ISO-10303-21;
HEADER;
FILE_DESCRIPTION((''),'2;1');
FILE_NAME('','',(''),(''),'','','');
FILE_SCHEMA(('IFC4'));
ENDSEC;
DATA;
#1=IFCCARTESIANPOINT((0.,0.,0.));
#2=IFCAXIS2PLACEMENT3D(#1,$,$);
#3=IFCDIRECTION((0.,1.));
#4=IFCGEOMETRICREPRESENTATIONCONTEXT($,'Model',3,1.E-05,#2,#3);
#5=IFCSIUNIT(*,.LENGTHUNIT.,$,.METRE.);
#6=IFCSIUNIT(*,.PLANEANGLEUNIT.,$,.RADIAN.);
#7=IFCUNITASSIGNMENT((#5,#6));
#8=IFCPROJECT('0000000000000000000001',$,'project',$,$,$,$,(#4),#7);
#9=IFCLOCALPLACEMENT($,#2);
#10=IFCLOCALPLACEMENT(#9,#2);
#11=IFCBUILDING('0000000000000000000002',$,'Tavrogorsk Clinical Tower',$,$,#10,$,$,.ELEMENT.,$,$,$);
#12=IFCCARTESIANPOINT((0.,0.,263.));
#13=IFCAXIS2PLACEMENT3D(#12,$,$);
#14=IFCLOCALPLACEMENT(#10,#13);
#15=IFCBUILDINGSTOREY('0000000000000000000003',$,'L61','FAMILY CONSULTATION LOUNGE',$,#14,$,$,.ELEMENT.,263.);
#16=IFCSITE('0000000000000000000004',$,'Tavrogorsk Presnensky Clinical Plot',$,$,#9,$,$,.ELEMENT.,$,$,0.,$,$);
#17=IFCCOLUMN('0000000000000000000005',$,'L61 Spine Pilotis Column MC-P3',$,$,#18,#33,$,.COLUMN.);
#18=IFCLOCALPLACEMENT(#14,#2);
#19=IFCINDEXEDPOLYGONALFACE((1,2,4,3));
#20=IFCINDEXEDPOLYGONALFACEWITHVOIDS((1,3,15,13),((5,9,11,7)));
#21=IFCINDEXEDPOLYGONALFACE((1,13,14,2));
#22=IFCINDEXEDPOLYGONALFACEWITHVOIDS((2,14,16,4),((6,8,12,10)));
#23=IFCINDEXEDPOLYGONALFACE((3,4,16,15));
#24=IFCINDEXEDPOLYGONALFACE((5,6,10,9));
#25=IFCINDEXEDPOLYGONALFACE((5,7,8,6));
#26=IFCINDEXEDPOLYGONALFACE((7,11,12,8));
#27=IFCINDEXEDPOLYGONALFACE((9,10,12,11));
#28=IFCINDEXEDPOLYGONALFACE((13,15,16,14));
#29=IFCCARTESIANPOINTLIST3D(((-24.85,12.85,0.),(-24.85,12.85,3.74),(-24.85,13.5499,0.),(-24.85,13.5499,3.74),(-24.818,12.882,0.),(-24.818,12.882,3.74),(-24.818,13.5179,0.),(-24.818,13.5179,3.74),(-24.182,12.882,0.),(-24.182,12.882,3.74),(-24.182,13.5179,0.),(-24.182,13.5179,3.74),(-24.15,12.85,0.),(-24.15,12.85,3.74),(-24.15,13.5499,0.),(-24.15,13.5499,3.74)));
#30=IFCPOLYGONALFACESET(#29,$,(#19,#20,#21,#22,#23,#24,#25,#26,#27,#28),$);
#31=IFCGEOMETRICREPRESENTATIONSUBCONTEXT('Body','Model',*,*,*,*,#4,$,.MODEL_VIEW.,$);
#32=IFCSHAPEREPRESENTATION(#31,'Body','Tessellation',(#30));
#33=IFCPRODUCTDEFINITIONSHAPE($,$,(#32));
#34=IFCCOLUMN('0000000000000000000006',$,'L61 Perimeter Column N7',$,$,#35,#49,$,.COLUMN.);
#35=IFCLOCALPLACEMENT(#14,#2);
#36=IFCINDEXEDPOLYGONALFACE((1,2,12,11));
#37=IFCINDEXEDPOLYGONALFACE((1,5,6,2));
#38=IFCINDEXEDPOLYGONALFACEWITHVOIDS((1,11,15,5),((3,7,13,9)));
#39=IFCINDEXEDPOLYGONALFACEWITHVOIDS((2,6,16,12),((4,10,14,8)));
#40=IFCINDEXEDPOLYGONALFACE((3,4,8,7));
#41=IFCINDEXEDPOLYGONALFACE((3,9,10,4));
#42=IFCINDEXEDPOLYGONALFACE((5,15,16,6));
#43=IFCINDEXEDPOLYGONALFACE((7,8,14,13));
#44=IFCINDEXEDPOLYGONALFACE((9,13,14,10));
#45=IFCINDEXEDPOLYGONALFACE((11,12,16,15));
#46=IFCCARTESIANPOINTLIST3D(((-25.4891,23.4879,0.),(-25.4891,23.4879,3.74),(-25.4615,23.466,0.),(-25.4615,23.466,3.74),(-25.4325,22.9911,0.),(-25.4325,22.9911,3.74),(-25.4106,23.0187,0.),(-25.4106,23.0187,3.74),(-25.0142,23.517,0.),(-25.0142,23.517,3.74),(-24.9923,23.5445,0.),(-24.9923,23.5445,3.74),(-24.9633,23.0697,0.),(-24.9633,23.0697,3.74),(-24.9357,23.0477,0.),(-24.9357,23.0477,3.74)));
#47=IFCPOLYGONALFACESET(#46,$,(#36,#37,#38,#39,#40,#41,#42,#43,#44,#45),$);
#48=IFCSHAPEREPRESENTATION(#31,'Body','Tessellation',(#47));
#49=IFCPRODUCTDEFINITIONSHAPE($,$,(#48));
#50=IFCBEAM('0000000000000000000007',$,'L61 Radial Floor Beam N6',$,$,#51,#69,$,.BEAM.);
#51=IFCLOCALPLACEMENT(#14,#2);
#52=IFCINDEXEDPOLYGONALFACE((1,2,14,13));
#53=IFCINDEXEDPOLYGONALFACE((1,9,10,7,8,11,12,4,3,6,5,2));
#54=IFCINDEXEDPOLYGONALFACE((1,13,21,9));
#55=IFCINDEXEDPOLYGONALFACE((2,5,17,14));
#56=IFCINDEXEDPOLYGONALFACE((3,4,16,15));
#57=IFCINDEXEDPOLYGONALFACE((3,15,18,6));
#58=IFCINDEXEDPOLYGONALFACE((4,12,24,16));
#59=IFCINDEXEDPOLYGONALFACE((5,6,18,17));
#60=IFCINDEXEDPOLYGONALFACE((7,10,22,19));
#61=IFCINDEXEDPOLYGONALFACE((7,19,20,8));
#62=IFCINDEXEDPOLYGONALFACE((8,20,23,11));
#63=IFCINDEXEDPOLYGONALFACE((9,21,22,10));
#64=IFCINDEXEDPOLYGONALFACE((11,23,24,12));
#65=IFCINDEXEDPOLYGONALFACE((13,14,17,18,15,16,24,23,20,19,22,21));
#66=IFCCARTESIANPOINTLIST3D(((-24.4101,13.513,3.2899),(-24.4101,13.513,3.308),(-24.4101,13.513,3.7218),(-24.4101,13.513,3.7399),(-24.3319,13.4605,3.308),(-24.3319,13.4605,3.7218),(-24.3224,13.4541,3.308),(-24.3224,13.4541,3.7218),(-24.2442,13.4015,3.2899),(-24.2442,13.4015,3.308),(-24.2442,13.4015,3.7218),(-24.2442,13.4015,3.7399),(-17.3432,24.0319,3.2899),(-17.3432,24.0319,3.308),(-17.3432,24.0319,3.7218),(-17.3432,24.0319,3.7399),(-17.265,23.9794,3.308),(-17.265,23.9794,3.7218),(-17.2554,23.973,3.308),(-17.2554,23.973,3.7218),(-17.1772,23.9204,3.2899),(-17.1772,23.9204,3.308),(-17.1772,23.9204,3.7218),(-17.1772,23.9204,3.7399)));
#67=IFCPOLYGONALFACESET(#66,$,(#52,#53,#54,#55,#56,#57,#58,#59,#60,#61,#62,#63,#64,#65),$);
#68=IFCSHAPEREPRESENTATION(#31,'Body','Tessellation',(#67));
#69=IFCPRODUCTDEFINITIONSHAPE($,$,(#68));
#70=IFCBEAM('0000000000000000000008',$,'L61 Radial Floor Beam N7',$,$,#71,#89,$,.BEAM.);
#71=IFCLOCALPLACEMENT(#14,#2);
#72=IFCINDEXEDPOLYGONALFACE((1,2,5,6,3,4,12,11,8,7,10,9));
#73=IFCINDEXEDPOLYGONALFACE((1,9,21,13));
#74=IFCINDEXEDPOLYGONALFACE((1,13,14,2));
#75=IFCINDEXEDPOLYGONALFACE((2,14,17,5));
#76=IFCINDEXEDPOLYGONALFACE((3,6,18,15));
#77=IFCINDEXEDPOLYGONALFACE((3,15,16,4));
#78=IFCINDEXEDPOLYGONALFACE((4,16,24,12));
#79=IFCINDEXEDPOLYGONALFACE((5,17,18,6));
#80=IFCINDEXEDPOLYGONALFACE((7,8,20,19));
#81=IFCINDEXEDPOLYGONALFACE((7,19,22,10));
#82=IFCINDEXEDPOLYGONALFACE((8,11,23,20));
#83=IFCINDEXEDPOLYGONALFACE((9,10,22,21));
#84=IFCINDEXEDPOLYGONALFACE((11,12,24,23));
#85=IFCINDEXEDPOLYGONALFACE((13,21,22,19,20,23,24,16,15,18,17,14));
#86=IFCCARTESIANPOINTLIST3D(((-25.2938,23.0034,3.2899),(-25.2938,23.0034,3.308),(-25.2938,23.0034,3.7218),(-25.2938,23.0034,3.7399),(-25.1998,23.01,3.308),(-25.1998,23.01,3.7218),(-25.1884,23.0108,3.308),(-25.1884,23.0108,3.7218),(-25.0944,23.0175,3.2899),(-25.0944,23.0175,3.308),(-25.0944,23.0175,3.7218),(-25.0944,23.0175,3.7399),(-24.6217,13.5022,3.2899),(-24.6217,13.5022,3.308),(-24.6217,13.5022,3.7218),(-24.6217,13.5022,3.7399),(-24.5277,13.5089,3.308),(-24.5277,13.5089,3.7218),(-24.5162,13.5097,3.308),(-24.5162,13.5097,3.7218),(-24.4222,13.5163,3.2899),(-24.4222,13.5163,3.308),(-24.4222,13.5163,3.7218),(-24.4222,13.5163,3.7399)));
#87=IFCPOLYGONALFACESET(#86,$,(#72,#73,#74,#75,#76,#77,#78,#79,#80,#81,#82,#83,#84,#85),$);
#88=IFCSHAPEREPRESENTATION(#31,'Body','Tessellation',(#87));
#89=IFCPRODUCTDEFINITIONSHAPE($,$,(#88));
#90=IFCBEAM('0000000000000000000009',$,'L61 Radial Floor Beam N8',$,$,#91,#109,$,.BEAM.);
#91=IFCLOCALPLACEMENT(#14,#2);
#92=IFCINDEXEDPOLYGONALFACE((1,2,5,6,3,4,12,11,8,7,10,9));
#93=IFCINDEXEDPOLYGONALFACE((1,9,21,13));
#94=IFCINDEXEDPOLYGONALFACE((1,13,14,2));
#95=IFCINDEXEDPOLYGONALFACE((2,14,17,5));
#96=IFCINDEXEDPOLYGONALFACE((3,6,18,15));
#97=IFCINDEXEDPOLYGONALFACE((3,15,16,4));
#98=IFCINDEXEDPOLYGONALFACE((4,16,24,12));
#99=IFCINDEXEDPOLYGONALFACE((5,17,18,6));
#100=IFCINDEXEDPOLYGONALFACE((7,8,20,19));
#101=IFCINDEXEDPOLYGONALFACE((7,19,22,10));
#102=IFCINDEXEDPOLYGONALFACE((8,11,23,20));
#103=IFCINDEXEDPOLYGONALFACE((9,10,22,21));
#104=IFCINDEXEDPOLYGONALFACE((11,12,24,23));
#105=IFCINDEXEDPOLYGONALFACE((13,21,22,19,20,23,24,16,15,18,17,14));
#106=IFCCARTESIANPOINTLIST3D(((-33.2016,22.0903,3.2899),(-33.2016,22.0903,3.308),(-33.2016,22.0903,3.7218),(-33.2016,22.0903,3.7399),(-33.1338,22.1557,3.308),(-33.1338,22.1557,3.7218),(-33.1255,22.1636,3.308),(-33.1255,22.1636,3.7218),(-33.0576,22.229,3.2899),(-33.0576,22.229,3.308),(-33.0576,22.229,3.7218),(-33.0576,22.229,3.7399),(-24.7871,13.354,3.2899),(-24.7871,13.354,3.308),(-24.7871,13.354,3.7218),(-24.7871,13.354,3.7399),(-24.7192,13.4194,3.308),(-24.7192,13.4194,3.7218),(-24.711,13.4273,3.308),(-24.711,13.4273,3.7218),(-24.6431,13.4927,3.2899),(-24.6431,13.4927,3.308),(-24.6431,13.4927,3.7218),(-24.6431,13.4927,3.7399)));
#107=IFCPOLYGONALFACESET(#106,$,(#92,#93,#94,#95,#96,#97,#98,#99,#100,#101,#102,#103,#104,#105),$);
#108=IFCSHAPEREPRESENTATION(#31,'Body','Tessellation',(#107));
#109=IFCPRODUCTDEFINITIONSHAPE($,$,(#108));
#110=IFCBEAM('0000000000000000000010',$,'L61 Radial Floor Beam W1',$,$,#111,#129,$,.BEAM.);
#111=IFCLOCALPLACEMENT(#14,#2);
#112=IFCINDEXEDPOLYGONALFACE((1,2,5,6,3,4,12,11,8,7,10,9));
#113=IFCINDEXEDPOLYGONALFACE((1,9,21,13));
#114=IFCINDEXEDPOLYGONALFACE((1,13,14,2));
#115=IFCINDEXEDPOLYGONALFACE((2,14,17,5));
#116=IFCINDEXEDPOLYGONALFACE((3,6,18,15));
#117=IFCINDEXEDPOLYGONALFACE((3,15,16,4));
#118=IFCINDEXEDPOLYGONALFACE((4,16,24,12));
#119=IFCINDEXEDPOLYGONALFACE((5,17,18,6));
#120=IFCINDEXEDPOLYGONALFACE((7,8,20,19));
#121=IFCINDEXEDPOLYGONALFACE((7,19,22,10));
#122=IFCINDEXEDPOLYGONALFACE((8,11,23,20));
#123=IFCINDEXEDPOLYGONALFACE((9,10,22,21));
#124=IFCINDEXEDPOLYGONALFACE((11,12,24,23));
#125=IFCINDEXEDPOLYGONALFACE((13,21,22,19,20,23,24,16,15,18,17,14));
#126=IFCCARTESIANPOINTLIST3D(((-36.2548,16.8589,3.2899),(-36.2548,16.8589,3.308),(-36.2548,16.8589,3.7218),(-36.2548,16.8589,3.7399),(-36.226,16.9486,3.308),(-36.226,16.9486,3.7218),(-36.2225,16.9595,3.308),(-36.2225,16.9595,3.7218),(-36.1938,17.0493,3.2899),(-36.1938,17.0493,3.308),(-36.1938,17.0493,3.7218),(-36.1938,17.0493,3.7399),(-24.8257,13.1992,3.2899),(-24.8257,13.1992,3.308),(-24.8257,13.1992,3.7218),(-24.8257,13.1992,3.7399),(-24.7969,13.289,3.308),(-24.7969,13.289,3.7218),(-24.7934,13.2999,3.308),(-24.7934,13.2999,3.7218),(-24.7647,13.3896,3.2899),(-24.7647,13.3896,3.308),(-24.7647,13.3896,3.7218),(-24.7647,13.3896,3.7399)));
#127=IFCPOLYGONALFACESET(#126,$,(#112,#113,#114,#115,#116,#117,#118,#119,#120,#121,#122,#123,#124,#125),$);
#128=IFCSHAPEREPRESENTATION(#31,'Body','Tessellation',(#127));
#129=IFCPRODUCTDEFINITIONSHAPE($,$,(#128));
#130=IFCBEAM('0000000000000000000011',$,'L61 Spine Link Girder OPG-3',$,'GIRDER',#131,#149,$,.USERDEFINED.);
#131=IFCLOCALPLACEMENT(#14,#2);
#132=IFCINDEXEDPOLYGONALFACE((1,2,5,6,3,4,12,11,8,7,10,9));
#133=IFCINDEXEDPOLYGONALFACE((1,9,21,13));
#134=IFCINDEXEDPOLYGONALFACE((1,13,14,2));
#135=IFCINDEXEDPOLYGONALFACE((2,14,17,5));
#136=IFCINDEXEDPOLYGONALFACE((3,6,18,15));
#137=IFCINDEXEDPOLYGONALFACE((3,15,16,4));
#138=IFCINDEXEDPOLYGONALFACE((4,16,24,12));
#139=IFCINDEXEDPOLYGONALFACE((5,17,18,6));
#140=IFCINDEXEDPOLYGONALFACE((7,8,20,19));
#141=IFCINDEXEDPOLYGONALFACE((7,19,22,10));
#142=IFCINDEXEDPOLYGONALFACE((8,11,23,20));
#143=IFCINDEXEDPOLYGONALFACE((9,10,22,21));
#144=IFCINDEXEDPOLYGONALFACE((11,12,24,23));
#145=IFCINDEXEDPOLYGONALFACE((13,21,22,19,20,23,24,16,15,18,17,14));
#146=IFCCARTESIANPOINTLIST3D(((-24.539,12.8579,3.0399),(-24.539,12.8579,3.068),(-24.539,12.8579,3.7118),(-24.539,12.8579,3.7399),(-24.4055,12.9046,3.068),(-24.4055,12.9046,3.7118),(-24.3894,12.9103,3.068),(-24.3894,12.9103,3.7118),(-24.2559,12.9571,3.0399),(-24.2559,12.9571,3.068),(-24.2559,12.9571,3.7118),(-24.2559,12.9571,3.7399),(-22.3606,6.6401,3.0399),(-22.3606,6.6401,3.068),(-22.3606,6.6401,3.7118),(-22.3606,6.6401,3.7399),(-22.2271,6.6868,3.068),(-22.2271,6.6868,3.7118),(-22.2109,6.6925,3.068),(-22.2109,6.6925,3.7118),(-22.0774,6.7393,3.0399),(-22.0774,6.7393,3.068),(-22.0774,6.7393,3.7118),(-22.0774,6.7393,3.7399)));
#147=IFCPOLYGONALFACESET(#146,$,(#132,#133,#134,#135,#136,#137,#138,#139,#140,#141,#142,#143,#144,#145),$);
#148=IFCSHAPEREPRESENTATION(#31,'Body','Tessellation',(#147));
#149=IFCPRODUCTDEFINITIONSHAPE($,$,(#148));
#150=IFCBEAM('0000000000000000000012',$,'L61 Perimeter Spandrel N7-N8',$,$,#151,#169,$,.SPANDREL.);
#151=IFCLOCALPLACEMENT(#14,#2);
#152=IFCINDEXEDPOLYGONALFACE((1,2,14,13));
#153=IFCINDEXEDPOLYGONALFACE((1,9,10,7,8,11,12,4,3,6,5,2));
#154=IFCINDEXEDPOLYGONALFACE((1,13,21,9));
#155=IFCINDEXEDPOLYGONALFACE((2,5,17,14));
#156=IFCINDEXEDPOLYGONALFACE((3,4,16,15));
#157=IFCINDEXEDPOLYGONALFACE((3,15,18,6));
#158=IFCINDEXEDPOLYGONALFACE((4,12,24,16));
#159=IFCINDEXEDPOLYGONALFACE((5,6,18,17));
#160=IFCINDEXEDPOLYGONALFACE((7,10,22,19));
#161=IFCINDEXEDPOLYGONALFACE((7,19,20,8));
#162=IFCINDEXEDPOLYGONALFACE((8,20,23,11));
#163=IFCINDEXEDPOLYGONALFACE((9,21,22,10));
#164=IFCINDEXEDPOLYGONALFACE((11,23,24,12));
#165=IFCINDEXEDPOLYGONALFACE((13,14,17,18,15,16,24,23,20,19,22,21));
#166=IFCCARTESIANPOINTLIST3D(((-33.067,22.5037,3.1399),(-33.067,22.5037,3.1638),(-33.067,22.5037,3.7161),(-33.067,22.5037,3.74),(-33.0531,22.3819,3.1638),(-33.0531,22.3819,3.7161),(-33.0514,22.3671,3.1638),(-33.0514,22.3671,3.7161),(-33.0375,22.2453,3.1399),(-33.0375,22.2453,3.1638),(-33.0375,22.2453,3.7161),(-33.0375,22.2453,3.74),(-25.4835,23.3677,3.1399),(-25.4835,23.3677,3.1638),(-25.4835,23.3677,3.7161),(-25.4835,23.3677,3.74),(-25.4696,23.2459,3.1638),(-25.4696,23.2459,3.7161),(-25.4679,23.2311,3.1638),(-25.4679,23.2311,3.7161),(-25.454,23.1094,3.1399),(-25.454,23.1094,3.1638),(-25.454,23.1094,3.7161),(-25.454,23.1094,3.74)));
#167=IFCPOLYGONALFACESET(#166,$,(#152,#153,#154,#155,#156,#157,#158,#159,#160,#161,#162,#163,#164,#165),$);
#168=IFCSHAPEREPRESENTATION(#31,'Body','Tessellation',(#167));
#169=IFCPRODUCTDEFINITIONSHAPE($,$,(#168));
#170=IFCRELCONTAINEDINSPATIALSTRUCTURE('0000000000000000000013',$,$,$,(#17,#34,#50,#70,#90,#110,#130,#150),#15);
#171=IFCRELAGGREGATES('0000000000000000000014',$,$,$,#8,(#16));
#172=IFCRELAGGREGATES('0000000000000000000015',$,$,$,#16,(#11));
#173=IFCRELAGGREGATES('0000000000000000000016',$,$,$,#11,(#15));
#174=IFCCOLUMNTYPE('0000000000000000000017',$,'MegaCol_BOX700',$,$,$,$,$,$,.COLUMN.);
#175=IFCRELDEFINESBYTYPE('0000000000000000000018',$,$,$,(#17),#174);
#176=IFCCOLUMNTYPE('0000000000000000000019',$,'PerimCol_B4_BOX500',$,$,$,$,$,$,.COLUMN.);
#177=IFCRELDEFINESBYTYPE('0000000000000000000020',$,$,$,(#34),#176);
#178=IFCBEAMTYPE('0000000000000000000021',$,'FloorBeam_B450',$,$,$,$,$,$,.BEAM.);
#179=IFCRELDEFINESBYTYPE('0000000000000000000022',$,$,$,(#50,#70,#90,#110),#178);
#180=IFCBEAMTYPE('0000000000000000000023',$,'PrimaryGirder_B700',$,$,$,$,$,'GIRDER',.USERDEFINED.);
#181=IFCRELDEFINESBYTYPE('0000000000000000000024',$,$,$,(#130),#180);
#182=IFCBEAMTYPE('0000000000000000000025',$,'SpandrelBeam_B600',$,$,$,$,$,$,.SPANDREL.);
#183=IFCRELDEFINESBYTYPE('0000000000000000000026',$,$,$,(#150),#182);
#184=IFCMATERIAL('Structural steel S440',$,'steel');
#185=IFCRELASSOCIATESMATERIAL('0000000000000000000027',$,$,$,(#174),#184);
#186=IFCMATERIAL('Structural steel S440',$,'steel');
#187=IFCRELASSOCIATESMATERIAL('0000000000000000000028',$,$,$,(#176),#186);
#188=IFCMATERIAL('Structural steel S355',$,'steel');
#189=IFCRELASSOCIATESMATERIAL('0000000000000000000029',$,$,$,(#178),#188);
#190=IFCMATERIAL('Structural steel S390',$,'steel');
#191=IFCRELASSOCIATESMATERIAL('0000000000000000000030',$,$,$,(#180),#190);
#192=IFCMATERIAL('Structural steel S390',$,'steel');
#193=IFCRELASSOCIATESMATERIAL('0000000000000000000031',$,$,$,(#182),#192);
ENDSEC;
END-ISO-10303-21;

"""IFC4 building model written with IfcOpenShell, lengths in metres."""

from ifc_helpers import new_model, si_unit, direction, frame, origin, origin_2d, place, context, subcontext, project, spatial, hollow_rectangle, i_section, extrude, material, material_profile, profile_set, type_object, element, save


model = new_model("IFC4")

# Units and contexts
model_context = context("Model", 3, precision=1e-05, world=origin(), true_north=direction((0.0, 1.0)))
body_context = subcontext(model_context, "Body", "Model", "MODEL_VIEW")
ifc_project = project(units=[si_unit("LENGTHUNIT", "METRE"), si_unit("PLANEANGLEUNIT", "RADIAN")], contexts=[model_context])

# Site, building, storey
site_placement = place(None, origin())
site = spatial("IfcSite", under=ifc_project, at=site_placement, Name="Tavrogorsk Presnensky Clinical Plot", CompositionType="ELEMENT", RefElevation=0.0)
building_placement = place(site_placement, origin())
building = spatial("IfcBuilding", under=site, at=building_placement, Name="Tavrogorsk Clinical Tower", CompositionType="ELEMENT")
storey_placement = place(building_placement, frame((0.0, 0.0, 263.0)))
storey = spatial("IfcBuildingStorey", under=building, at=storey_placement, Name="L61", Description="FAMILY CONSULTATION LOUNGE", CompositionType="ELEMENT", Elevation=263.0)

# Columns
ifc_material_1 = material(Name="Structural steel S440", Category="steel")
ifc_material_profile_1 = material_profile(ifc_material_1, hollow_rectangle(XDim=0.7, YDim=0.7, WallThickness=0.032, at=origin_2d()), Name="BOX-700x700x32")
ifc_profile_set_1 = profile_set([ifc_material_profile_1], Name="Structural steel S440")
column_type_1 = type_object("IfcColumnType", Name="MegaCol_BOX700", PredefinedType="COLUMN", material=ifc_profile_set_1)
column_1_placement = place(storey_placement, frame((-24.5, 13.2, 0.0), z_axis=(0.0, 0.0, 1.0), x_axis=(1.0, 0.0, 0.0)))
element("IfcColumn", 1, at=column_1_placement, inside=storey, type_object=column_type_1, Name="L61 Spine Pilotis Column MC-P3", PredefinedType="COLUMN", context=body_context, shape_type="SweptSolid", body=[
    extrude(hollow_rectangle(XDim=0.7, YDim=0.7, WallThickness=0.032, at=origin_2d()), origin(), (0.0, 0.0, 1.0), 3.74),
])
ifc_material_2 = material(Name="Structural steel S440", Category="steel")
ifc_material_profile_2 = material_profile(ifc_material_2, hollow_rectangle(XDim=0.5, YDim=0.5, WallThickness=0.0249, at=origin_2d()), Name="BOX-500x500x25")
ifc_profile_set_2 = profile_set([ifc_material_profile_2], Name="Structural steel S440")
column_type_2 = type_object("IfcColumnType", Name="PerimCol_B4_BOX500", PredefinedType="COLUMN", material=ifc_profile_set_2)
column_2_placement = place(storey_placement, frame((-25.2124, 23.2678, 0.0), z_axis=(0.0, 0.0, 1.0), x_axis=(0.993572, 0.113203, 0.0)))
element("IfcColumn", 2, at=column_2_placement, inside=storey, type_object=column_type_2, Name="L61 Perimeter Column N7", PredefinedType="COLUMN", context=body_context, shape_type="SweptSolid", body=[
    extrude(hollow_rectangle(XDim=0.5, YDim=0.5, WallThickness=0.0249, at=origin_2d()), origin(), (0.0, 0.0, 1.0), 3.74),
])

# Beams
ifc_material_3 = material(Name="Structural steel S355", Category="steel")
ifc_material_profile_3 = material_profile(ifc_material_3, i_section(OverallWidth=0.2, OverallDepth=0.45, WebThickness=0.0115, FlangeThickness=0.0181, at=origin_2d()), Name="B-450x200x11.5x18")
ifc_profile_set_3 = profile_set([ifc_material_profile_3], Name="Structural steel S355")
beam_type_1 = type_object("IfcBeamType", Name="FloorBeam_B450", PredefinedType="BEAM", material=ifc_profile_set_3)
beam_1_placement = place(storey_placement, frame((-24.3271, 13.4573, 3.5149), z_axis=(0.557667, 0.830065, 0.0), x_axis=(-0.830065, 0.557667, 0.0)))
element("IfcBeam", 3, at=beam_1_placement, inside=storey, type_object=beam_type_1, Name="L61 Radial Floor Beam N6", PredefinedType="BEAM", context=body_context, shape_type="SweptSolid", body=[
    extrude(i_section(OverallWidth=0.2, OverallDepth=0.45, WebThickness=0.0115, FlangeThickness=0.0181, at=origin_2d()), origin(), (0.0, 0.0, 1.0), 12.6724),
])
beam_2_placement = place(storey_placement, frame((-24.522, 13.5093, 3.5149), z_axis=(-0.070564, 0.997507, 0.0), x_axis=(-0.997507, -0.070564, 0.0)))
element("IfcBeam", 4, at=beam_2_placement, inside=storey, type_object=beam_type_1, Name="L61 Radial Floor Beam N7", PredefinedType="BEAM", context=body_context, shape_type="SweptSolid", body=[
    extrude(i_section(OverallWidth=0.2, OverallDepth=0.45, WebThickness=0.0115, FlangeThickness=0.0181, at=origin_2d()), origin(), (0.0, 0.0, 1.0), 9.5249),
])
beam_3_placement = place(storey_placement, frame((-24.7151, 13.4233, 3.5149), z_axis=(-0.693718, 0.720246, 0.0), x_axis=(-0.720246, -0.693718, 0.0)))
element("IfcBeam", 5, at=beam_3_placement, inside=storey, type_object=beam_type_1, Name="L61 Radial Floor Beam N8", PredefinedType="BEAM", context=body_context, shape_type="SweptSolid", body=[
    extrude(i_section(OverallWidth=0.2, OverallDepth=0.45, WebThickness=0.0115, FlangeThickness=0.0181, at=origin_2d()), origin(), (0.0, 0.0, 1.0), 12.1296),
])
beam_4_placement = place(storey_placement, frame((-24.7952, 13.2944, 3.5149), z_axis=(-0.952368, 0.304951, 0.0), x_axis=(-0.304951, -0.952368, 0.0)))
element("IfcBeam", 6, at=beam_4_placement, inside=storey, type_object=beam_type_1, Name="L61 Radial Floor Beam W1", PredefinedType="BEAM", context=body_context, shape_type="SweptSolid", body=[
    extrude(i_section(OverallWidth=0.2, OverallDepth=0.45, WebThickness=0.0115, FlangeThickness=0.0181, at=origin_2d()), origin(), (0.0, 0.0, 1.0), 12.0007),
])
ifc_material_4 = material(Name="Structural steel S390", Category="steel")
ifc_material_profile_4 = material_profile(ifc_material_4, i_section(OverallWidth=0.3, OverallDepth=0.7, WebThickness=0.0171, FlangeThickness=0.0281, at=origin_2d()), Name="B-700x300x17x28")
ifc_profile_set_4 = profile_set([ifc_material_profile_4], Name="Structural steel S390")
beam_type_2 = type_object("IfcBeamType", Name="PrimaryGirder_B700", ElementType="GIRDER", PredefinedType="USERDEFINED", material=ifc_profile_set_4)
beam_5_placement = place(storey_placement, frame((-24.3975, 12.9075, 3.3899), z_axis=(0.330654, -0.943752, 0.0), x_axis=(0.943752, 0.330654, 0.0)))
element("IfcBeam", 7, at=beam_5_placement, inside=storey, type_object=beam_type_2, Name="L61 Spine Link Girder OPG-3", ObjectType="GIRDER", PredefinedType="USERDEFINED", context=body_context, shape_type="SweptSolid", body=[
    extrude(i_section(OverallWidth=0.3, OverallDepth=0.7, WebThickness=0.0171, FlangeThickness=0.0281, at=origin_2d()), origin(), (0.0, 0.0, 1.0), 6.5884),
])
ifc_material_5 = material(Name="Structural steel S390", Category="steel")
ifc_material_profile_5 = material_profile(ifc_material_5, i_section(OverallWidth=0.26, OverallDepth=0.6001, WebThickness=0.0149, FlangeThickness=0.0239, at=origin_2d()), Name="B-600x260x15x24")
ifc_profile_set_5 = profile_set([ifc_material_profile_5], Name="Structural steel S390")
beam_type_3 = type_object("IfcBeamType", Name="SpandrelBeam_B600", PredefinedType="SPANDREL", material=ifc_profile_set_5)
beam_6_placement = place(storey_placement, frame((-25.4688, 23.2385, 3.4399), z_axis=(-0.993572, -0.113201, 0.0), x_axis=(0.113201, -0.993572, 0.0)))
element("IfcBeam", 8, at=beam_6_placement, inside=storey, type_object=beam_type_3, Name="L61 Perimeter Spandrel N7-N8", PredefinedType="SPANDREL", context=body_context, shape_type="SweptSolid", body=[
    extrude(i_section(OverallWidth=0.26, OverallDepth=0.6001, WebThickness=0.0149, FlangeThickness=0.0239, at=origin_2d()), origin(), (0.0, 0.0, 1.0), 7.6326),
])

save(model, "model.ifc")
